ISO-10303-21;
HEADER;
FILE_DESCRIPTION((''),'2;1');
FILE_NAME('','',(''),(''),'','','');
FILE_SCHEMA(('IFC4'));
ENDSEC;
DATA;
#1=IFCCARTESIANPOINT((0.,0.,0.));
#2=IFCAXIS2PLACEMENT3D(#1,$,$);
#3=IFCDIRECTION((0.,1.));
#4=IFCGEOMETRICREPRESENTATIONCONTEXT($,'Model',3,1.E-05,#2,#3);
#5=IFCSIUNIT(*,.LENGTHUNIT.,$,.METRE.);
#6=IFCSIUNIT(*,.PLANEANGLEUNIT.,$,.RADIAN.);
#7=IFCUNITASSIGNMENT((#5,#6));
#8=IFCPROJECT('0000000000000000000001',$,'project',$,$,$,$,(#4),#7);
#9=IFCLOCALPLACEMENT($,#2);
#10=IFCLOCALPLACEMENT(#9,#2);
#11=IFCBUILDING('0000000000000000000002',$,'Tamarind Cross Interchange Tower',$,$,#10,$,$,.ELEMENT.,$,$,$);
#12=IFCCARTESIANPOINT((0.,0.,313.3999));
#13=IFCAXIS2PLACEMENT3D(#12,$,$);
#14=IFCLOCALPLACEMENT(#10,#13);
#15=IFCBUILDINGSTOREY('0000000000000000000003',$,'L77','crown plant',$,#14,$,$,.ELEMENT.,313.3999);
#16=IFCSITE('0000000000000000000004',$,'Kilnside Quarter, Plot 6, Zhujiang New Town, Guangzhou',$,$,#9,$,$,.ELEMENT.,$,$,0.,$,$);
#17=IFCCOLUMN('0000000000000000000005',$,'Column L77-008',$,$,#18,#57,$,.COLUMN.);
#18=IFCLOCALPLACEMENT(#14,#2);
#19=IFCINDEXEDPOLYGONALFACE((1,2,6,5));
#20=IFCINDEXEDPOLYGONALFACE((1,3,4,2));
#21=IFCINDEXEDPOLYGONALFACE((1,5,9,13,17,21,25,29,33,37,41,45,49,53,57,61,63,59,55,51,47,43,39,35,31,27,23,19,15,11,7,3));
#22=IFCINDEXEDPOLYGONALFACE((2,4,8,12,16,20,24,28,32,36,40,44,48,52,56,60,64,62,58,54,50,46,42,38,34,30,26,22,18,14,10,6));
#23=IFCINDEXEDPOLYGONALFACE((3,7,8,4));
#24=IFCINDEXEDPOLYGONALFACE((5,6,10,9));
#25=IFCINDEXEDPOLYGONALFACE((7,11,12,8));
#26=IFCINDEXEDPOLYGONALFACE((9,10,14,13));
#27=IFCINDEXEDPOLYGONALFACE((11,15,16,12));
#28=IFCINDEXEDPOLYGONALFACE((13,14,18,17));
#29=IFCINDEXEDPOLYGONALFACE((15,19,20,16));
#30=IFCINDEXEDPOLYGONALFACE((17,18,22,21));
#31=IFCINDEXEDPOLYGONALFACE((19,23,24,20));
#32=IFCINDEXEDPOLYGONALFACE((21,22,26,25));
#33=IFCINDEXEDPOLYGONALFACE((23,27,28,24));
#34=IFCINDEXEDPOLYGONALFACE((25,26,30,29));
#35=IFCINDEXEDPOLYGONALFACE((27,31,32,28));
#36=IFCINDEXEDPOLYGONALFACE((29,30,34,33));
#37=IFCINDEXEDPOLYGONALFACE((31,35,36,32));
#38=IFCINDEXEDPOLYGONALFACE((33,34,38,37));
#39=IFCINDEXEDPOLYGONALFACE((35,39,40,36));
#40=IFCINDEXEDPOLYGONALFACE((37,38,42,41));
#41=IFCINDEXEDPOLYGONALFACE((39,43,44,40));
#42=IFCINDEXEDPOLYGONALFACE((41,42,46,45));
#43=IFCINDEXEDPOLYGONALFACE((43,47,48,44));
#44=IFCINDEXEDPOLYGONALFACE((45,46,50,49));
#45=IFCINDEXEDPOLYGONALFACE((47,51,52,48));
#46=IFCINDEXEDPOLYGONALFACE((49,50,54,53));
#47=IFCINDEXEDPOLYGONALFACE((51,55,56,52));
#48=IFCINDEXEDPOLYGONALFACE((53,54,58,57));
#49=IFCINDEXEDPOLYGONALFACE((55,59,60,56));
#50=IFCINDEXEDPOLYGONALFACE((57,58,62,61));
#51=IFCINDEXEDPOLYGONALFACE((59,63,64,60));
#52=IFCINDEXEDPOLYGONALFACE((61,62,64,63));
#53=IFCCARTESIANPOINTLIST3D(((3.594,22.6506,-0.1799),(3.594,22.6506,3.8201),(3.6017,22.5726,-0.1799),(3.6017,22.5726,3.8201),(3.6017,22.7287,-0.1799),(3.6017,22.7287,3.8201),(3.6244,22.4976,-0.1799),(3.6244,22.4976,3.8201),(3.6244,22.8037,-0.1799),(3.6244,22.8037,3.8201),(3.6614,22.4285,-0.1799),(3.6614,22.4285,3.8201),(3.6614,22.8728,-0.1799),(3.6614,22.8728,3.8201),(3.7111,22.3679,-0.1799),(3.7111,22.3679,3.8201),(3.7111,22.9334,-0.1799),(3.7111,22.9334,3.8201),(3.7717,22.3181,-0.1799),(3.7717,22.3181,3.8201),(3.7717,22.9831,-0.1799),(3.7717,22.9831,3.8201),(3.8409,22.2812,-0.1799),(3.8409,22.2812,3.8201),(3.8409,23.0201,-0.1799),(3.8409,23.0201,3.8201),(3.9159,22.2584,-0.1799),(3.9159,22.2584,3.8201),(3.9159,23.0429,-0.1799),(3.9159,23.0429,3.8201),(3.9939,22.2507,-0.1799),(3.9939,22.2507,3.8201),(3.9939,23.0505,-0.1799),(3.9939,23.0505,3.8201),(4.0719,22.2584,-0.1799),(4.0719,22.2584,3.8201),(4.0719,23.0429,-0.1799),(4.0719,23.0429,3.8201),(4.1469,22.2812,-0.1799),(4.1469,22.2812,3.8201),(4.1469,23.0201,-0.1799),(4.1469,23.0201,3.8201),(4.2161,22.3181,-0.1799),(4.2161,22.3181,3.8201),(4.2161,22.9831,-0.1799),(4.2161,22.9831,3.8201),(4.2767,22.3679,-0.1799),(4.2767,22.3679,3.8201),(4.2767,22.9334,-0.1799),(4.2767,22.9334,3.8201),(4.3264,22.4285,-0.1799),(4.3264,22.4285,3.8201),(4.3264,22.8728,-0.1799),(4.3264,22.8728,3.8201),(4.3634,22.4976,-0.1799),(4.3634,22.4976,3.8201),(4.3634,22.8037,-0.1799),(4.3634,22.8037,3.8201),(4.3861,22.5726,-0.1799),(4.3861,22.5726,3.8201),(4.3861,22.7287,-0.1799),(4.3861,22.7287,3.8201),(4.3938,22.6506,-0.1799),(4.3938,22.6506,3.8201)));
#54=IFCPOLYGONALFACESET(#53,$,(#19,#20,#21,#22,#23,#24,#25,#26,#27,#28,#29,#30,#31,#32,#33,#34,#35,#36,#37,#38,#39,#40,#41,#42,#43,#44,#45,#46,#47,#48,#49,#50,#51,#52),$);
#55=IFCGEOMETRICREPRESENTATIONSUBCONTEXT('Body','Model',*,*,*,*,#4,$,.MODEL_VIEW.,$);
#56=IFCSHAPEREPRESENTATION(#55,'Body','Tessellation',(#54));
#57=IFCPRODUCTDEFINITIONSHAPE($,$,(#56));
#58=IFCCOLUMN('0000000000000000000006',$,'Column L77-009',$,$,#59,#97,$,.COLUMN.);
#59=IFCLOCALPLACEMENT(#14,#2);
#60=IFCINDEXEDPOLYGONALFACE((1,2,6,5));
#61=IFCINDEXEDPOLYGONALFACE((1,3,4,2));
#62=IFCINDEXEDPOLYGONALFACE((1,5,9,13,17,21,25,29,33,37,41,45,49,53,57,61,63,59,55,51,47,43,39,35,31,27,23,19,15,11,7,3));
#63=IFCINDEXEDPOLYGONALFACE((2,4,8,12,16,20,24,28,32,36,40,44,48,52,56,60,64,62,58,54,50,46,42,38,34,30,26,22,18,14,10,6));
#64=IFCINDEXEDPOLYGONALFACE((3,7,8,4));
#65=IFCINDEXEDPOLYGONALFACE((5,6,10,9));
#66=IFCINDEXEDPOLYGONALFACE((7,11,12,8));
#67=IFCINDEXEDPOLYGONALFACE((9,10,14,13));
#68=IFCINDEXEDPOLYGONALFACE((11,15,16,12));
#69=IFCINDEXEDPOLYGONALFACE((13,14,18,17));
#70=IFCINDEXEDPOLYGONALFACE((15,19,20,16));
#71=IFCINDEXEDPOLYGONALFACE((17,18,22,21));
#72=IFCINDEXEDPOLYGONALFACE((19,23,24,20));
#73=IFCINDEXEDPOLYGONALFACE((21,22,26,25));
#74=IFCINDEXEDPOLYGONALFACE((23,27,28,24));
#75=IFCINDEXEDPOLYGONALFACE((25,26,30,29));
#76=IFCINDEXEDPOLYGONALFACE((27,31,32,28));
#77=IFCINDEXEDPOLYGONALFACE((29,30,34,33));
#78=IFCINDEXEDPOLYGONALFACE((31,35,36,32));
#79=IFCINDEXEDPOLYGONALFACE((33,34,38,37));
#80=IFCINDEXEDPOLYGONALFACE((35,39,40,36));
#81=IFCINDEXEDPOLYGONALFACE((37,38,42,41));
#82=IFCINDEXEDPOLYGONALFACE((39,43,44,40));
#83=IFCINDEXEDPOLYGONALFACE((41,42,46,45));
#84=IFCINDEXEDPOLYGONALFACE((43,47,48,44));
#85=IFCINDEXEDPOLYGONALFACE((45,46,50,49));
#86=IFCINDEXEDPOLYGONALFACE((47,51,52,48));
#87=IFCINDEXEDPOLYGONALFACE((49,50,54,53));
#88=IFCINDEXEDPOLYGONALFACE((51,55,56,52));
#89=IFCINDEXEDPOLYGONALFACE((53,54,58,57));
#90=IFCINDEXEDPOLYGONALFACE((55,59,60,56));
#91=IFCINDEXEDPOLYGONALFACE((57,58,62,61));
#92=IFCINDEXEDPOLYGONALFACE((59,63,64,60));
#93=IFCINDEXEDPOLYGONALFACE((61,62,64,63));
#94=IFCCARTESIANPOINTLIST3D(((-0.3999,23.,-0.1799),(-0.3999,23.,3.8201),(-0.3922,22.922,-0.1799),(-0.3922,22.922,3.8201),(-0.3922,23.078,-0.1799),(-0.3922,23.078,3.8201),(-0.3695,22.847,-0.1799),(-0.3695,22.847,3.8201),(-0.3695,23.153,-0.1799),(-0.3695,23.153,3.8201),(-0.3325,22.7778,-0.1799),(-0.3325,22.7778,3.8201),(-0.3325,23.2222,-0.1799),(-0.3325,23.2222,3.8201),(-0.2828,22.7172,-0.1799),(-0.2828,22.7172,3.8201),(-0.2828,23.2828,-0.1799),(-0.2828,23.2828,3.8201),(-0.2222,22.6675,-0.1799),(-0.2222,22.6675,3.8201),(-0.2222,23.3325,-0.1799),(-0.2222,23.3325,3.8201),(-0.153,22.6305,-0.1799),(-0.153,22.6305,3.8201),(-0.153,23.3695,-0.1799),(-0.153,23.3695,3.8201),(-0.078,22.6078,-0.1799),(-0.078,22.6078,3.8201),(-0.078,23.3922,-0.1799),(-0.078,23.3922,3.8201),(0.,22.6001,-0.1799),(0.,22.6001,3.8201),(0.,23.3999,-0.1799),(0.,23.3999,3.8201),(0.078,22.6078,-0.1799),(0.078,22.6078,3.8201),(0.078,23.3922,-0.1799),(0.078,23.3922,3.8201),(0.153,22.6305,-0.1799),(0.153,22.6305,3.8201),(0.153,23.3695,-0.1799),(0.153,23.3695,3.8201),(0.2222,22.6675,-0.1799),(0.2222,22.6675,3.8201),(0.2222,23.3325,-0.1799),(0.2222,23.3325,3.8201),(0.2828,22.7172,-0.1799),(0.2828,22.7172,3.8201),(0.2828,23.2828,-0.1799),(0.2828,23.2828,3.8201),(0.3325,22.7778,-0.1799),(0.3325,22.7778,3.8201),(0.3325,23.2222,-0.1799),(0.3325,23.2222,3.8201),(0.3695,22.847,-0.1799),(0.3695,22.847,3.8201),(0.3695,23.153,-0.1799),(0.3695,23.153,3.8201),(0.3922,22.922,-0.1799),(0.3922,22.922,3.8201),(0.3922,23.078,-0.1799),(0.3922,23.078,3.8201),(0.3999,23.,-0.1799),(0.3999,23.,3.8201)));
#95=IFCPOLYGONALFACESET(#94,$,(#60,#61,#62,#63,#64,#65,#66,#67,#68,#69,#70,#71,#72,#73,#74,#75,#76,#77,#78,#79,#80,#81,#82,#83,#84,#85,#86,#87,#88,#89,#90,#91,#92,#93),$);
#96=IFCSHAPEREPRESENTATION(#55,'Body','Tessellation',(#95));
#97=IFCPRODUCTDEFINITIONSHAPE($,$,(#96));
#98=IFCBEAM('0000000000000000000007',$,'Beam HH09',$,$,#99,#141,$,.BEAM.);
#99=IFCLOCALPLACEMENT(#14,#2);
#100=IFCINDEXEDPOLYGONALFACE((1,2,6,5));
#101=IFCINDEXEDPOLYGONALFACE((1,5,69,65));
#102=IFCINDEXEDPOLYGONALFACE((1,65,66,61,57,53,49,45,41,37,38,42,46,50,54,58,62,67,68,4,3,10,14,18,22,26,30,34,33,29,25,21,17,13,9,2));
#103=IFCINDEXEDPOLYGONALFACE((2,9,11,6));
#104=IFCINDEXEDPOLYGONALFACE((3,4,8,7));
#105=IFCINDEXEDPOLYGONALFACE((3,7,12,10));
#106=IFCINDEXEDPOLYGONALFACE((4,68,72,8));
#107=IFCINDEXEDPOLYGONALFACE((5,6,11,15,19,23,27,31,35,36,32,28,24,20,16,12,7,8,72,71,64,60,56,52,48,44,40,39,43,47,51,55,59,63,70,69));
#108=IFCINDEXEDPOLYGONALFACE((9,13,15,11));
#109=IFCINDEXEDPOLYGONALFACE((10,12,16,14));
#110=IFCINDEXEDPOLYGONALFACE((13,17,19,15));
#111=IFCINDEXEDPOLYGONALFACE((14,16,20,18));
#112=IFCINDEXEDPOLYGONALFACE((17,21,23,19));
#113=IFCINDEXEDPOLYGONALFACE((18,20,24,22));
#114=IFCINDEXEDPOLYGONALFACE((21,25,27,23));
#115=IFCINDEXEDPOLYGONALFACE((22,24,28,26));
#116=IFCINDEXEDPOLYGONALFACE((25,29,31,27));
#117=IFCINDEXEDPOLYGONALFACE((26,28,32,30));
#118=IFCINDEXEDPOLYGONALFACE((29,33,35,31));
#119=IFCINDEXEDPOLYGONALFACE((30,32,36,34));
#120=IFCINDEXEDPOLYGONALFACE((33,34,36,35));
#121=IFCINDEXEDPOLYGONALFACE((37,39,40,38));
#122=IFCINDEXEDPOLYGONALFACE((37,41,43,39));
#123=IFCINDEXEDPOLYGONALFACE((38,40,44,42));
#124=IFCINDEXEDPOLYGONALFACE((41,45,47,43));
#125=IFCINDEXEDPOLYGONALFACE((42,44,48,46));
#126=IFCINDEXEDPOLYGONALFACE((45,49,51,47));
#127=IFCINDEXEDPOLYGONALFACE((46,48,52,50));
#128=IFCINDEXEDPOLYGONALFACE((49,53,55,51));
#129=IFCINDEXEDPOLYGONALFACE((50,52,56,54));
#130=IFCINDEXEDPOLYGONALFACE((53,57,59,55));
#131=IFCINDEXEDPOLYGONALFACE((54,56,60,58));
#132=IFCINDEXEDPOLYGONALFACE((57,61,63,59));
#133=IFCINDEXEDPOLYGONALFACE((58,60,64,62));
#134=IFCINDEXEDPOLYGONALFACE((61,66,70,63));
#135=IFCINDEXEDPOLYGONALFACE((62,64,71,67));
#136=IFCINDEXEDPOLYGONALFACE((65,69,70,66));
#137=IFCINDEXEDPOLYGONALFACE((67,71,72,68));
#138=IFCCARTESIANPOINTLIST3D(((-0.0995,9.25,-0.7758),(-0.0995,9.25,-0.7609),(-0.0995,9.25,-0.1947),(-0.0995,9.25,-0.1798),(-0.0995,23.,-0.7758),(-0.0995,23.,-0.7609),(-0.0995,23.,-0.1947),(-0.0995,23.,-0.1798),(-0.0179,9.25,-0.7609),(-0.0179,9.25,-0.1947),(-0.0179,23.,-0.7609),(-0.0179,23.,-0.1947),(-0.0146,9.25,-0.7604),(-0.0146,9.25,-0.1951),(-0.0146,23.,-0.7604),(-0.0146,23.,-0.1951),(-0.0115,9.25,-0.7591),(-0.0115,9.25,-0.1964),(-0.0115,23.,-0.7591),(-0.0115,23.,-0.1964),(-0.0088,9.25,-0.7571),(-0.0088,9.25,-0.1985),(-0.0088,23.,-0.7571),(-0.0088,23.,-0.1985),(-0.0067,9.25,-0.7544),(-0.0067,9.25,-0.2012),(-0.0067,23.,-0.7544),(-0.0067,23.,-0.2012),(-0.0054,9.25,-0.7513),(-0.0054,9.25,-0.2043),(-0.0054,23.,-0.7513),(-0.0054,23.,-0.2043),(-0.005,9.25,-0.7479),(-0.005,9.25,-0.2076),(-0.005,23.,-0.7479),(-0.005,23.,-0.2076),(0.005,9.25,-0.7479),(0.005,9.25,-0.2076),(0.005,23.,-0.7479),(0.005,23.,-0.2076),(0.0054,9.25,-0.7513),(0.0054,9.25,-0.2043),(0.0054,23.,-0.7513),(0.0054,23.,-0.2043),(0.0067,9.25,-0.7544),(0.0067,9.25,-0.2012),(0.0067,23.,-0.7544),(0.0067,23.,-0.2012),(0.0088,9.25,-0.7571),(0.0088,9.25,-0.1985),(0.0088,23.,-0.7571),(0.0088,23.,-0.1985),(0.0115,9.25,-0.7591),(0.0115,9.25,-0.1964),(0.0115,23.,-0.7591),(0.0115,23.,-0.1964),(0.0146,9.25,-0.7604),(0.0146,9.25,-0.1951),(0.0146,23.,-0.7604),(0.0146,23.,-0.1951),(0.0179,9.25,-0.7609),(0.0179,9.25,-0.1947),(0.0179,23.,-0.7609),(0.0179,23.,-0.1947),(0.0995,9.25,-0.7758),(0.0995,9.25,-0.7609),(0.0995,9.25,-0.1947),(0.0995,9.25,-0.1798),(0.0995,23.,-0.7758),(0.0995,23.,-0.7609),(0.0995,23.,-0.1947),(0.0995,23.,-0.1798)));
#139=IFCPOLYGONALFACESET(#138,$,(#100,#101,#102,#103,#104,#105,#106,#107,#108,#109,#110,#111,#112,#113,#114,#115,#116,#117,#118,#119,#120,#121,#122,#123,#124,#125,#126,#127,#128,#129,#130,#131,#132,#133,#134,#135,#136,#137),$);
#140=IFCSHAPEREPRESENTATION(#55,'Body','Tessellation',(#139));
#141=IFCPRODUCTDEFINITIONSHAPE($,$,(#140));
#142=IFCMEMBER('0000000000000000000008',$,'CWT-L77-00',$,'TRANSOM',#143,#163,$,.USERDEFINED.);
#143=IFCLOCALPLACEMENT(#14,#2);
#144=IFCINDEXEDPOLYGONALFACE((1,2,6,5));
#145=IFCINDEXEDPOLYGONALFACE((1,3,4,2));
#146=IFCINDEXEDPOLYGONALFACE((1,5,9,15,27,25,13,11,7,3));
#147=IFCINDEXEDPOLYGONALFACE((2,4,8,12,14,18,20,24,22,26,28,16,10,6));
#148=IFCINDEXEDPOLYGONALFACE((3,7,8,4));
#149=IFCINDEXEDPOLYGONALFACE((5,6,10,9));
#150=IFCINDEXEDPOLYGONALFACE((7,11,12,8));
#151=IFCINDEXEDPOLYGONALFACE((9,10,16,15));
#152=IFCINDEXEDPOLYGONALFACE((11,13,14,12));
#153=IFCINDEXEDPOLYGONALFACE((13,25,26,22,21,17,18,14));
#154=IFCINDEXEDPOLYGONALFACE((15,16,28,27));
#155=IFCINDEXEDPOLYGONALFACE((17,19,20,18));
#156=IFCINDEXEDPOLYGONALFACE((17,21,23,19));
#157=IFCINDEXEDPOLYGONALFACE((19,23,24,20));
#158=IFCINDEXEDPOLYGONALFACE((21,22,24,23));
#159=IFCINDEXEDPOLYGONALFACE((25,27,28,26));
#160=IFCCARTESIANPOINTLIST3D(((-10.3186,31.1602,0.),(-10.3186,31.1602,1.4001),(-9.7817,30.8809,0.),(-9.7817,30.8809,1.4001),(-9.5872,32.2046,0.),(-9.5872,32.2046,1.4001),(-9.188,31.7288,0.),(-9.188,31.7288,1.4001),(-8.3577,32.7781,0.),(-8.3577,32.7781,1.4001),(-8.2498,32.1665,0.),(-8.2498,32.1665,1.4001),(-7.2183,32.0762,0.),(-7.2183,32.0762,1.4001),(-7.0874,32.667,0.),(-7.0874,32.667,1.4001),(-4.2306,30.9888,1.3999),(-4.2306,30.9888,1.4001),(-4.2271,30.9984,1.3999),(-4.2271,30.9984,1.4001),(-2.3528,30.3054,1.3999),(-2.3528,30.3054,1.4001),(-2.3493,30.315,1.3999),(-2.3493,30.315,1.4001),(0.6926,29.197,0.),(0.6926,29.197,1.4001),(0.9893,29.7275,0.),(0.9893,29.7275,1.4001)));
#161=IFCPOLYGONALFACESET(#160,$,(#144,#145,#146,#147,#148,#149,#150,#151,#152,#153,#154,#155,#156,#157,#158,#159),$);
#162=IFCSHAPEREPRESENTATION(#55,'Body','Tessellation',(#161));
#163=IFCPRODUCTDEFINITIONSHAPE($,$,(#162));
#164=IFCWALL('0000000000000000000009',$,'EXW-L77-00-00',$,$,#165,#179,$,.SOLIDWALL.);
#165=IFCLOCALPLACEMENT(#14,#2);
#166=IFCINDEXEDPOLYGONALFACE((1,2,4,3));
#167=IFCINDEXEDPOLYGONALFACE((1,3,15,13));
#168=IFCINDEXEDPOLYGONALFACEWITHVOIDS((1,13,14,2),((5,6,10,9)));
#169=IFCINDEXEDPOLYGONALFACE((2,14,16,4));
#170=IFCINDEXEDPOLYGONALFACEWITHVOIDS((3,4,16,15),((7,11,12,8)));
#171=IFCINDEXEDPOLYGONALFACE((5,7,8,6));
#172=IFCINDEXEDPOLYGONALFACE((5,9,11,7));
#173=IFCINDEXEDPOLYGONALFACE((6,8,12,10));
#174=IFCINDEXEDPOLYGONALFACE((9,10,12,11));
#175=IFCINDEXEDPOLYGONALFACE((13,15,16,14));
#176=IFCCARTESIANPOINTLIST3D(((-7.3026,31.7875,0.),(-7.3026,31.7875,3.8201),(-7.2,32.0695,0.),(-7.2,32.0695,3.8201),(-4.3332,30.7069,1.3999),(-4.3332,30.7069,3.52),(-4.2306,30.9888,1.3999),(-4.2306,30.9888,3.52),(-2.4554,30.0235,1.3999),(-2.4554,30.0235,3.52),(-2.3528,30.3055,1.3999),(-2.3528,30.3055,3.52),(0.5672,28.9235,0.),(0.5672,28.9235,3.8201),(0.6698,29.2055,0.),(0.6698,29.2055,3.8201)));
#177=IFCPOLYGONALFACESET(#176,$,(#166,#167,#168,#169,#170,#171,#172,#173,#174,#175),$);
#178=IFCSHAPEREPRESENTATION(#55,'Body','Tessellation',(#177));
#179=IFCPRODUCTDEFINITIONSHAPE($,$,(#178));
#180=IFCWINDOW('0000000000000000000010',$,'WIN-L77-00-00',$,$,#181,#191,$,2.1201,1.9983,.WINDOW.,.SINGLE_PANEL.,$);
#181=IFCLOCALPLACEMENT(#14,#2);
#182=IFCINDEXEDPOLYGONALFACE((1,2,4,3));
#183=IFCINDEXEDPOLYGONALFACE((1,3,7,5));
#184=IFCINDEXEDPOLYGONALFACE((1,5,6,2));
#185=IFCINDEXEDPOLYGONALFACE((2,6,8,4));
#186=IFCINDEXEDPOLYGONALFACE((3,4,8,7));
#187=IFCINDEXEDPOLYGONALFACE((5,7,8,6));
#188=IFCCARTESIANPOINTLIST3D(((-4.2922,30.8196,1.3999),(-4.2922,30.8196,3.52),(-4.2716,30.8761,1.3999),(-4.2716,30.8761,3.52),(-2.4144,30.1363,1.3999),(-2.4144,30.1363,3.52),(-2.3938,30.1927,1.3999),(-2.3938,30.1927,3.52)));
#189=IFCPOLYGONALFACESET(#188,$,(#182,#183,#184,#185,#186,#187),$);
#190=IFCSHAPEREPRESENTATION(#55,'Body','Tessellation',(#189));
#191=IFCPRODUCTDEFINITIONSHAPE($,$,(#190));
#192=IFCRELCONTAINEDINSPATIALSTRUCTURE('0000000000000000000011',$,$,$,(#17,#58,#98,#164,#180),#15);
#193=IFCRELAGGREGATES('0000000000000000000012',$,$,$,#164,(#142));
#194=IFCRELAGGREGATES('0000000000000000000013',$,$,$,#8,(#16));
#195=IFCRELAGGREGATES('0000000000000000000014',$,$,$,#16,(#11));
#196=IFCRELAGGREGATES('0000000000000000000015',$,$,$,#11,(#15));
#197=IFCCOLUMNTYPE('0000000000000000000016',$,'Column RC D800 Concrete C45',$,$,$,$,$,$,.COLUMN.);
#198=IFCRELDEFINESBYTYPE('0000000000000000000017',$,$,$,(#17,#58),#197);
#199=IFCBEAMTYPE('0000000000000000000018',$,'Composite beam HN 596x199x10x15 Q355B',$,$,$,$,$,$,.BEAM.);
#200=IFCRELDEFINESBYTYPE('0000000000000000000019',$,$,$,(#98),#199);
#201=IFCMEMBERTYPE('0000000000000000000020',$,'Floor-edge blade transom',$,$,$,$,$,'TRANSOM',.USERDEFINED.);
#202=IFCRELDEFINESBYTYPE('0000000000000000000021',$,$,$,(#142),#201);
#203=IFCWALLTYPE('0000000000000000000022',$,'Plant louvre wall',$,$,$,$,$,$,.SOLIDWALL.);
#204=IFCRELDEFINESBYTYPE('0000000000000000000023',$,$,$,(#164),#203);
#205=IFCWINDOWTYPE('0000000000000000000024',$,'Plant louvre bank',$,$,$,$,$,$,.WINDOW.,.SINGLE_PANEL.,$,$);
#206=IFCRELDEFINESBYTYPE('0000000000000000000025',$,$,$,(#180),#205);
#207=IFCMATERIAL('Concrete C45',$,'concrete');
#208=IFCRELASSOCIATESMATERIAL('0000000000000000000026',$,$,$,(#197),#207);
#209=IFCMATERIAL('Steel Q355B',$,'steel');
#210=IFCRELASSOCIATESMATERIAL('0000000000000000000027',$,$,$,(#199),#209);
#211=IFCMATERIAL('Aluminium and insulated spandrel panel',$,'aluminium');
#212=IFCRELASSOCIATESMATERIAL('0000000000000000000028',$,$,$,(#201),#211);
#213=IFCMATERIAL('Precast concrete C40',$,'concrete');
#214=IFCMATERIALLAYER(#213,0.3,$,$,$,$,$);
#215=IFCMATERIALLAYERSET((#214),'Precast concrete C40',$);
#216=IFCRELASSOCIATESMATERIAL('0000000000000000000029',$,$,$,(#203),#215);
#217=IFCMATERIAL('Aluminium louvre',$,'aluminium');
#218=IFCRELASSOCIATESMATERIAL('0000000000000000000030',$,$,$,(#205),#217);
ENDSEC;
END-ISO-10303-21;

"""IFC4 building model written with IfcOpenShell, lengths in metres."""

from ifc_helpers import new_model, si_unit, direction, frame, frame_2d, origin, origin_2d, place, context, subcontext, project, spatial, polyline, rectangle, circle, i_section, outline, extrude, material, layer, layer_set, material_profile, profile_set, type_object, element, fill, aggregate, save


model = new_model("IFC4")

# Units and contexts
model_context = context("Model", 3, precision=1e-05, world=origin(), true_north=direction((0.0, 1.0)))
body_context = subcontext(model_context, "Body", "Model", "MODEL_VIEW")
ifc_project = project(units=[si_unit("LENGTHUNIT", "METRE"), si_unit("PLANEANGLEUNIT", "RADIAN")], contexts=[model_context])

# Site, building, storey
site_placement = place(None, origin())
site = spatial("IfcSite", under=ifc_project, at=site_placement, Name="Kilnside Quarter, Plot 6, Zhujiang New Town, Guangzhou", CompositionType="ELEMENT", RefElevation=0.0)
building_placement = place(site_placement, origin())
building = spatial("IfcBuilding", under=site, at=building_placement, Name="Tamarind Cross Interchange Tower", CompositionType="ELEMENT")
storey_placement = place(building_placement, frame((0.0, 0.0, 313.3999)))
storey = spatial("IfcBuildingStorey", under=building, at=storey_placement, Name="L77", Description="crown plant", CompositionType="ELEMENT", Elevation=313.3999)

# Columns
ifc_material_1 = material(Name="Concrete C45", Category="concrete")
ifc_material_profile_1 = material_profile(ifc_material_1, circle(Radius=0.3999, at=origin_2d()), Name="RC D800")
ifc_profile_set_1 = profile_set([ifc_material_profile_1], Name="Concrete C45")
column_type = type_object("IfcColumnType", Name="Column RC D800 Concrete C45", PredefinedType="COLUMN", material=ifc_profile_set_1)
for number, where, z_axis, x_axis, name in (
    (1, (3.9939, 22.6506, -0.1799), (0.0, 0.0, 1.0), (1.0, 0.0, 0.0), "Column L77-008"),
    (2, (0.0, 23.0, -0.1799), (0.0, 0.0, 1.0), (1.0, 0.0, 0.0), "Column L77-009"),
):
    element("IfcColumn", number, at=place(storey_placement, frame(where, z_axis=z_axis, x_axis=x_axis)), inside=storey, type_object=column_type, Name=name, PredefinedType="COLUMN", context=body_context, shape_type="SweptSolid", body=[
        extrude(circle(Radius=0.3999, at=origin_2d()), origin(), (0.0, 0.0, 1.0), 4.0),
    ])

# Beam
ifc_material_2 = material(Name="Steel Q355B", Category="steel")
ifc_material_profile_2 = material_profile(ifc_material_2, i_section(OverallWidth=0.199, OverallDepth=0.5959, WebThickness=0.01, FlangeThickness=0.0149, FilletRadius=0.0129, at=origin_2d()), Name="HN 596x199x10x15")
ifc_profile_set_2 = profile_set([ifc_material_profile_2], Name="Steel Q355B")
beam_type = type_object("IfcBeamType", Name="Composite beam HN 596x199x10x15 Q355B", PredefinedType="BEAM", material=ifc_profile_set_2)
beam_placement = place(storey_placement, frame((0.0, 23.0, -0.4778), z_axis=(0.0, -1.0, 0.0), x_axis=(1.0, 0.0, 0.0)))
element("IfcBeam", 3, at=beam_placement, inside=storey, type_object=beam_type, Name="Beam HH09", PredefinedType="BEAM", context=body_context, shape_type="SweptSolid", body=[
    extrude(i_section(OverallWidth=0.199, OverallDepth=0.5959, WebThickness=0.01, FlangeThickness=0.0149, FilletRadius=0.0129, at=origin_2d()), origin(), (0.0, 0.0, 1.0), 13.75),
])

# Member
ifc_material_3 = material(Name="Aluminium and insulated spandrel panel", Category="aluminium")
member_type = type_object("IfcMemberType", Name="Floor-edge blade transom", ElementType="TRANSOM", PredefinedType="USERDEFINED", material=ifc_material_3)
member_placement = place(storey_placement, origin())
member = element("IfcMember", 4, at=member_placement, type_object=member_type, Name="CWT-L77-00", ObjectType="TRANSOM", PredefinedType="USERDEFINED", context=body_context, shape_type="SweptSolid", body=[
    extrude(outline(polyline([(0.6926, 29.197), (-7.2183, 32.0762), (-8.2498, 32.1665), (-9.188, 31.7288), (-9.7817, 30.8809), (-10.3186, 31.1602), (-9.5872, 32.2046), (-8.3577, 32.7781), (-7.0874, 32.667), (0.9893, 29.7275), (0.6926, 29.197)])), origin(), (0.0, 0.0, 1.0), 1.4001),
])

# Wall, opening, window
ifc_material_4 = material(Name="Precast concrete C40", Category="concrete")
ifc_layer_1 = layer(ifc_material_4, 0.3)
ifc_layer_set_1 = layer_set([ifc_layer_1], Name="Precast concrete C40")
wall_type_1 = type_object("IfcWallType", Name="Plant louvre wall", PredefinedType="SOLIDWALL", material=ifc_layer_set_1)
wall_1_placement = place(storey_placement, frame((0.6187, 29.0645, 0.0), z_axis=(0.0, 0.0, 1.0), x_axis=(-0.939707, 0.341979, 0.0)))
wall_1 = element("IfcWall", 5, at=wall_1_placement, inside=storey, type_object=wall_type_1, Name="EXW-L77-00-00", PredefinedType="SOLIDWALL", context=body_context, shape_type="SweptSolid", body=[
    extrude(rectangle(XDim=8.3748, YDim=0.3, at=frame_2d((4.1875, 0.0))), origin(), (0.0, 0.0, 1.0), 3.8201),
])
opening_1_placement = place(wall_1_placement, frame((3.2168, 0.0, 1.3999)))
opening_1 = element("IfcOpeningElement", 6, at=opening_1_placement, cuts=wall_1, PredefinedType="OPENING", context=body_context, shape_type="SweptSolid", body=[
    extrude(rectangle(XDim=1.9983, YDim=2.1201, at=frame_2d((0.999, 1.0601))), frame((0.0, 0.1599, 0.0), z_axis=(0.0, -1.0, 0.0), x_axis=(1.0, 0.0, 0.0)), (0.0, 0.0, 1.0), 0.3201),
])
ifc_material_5 = material(Name="Aluminium louvre", Category="aluminium")
window_type = type_object("IfcWindowType", Name="Plant louvre bank", PartitioningType="SINGLE_PANEL", PredefinedType="WINDOW", material=ifc_material_5)
window_placement = place(opening_1_placement, origin())
window = element("IfcWindow", 7, at=window_placement, inside=storey, type_object=window_type, Name="WIN-L77-00-00", OverallHeight=2.1201, OverallWidth=1.9983, PartitioningType="SINGLE_PANEL", PredefinedType="WINDOW", context=body_context, shape_type="SweptSolid", body=[
    extrude(rectangle(XDim=1.9983, YDim=2.1201, at=frame_2d((0.999, 1.0601))), frame((0.0, 0.03, 0.0), z_axis=(0.0, -1.0, 0.0), x_axis=(1.0, 0.0, 0.0)), (0.0, 0.0, 1.0), 0.0601),
])
fill(opening_1, window)
aggregate(wall_1, [member])

save(model, "model.ifc")
